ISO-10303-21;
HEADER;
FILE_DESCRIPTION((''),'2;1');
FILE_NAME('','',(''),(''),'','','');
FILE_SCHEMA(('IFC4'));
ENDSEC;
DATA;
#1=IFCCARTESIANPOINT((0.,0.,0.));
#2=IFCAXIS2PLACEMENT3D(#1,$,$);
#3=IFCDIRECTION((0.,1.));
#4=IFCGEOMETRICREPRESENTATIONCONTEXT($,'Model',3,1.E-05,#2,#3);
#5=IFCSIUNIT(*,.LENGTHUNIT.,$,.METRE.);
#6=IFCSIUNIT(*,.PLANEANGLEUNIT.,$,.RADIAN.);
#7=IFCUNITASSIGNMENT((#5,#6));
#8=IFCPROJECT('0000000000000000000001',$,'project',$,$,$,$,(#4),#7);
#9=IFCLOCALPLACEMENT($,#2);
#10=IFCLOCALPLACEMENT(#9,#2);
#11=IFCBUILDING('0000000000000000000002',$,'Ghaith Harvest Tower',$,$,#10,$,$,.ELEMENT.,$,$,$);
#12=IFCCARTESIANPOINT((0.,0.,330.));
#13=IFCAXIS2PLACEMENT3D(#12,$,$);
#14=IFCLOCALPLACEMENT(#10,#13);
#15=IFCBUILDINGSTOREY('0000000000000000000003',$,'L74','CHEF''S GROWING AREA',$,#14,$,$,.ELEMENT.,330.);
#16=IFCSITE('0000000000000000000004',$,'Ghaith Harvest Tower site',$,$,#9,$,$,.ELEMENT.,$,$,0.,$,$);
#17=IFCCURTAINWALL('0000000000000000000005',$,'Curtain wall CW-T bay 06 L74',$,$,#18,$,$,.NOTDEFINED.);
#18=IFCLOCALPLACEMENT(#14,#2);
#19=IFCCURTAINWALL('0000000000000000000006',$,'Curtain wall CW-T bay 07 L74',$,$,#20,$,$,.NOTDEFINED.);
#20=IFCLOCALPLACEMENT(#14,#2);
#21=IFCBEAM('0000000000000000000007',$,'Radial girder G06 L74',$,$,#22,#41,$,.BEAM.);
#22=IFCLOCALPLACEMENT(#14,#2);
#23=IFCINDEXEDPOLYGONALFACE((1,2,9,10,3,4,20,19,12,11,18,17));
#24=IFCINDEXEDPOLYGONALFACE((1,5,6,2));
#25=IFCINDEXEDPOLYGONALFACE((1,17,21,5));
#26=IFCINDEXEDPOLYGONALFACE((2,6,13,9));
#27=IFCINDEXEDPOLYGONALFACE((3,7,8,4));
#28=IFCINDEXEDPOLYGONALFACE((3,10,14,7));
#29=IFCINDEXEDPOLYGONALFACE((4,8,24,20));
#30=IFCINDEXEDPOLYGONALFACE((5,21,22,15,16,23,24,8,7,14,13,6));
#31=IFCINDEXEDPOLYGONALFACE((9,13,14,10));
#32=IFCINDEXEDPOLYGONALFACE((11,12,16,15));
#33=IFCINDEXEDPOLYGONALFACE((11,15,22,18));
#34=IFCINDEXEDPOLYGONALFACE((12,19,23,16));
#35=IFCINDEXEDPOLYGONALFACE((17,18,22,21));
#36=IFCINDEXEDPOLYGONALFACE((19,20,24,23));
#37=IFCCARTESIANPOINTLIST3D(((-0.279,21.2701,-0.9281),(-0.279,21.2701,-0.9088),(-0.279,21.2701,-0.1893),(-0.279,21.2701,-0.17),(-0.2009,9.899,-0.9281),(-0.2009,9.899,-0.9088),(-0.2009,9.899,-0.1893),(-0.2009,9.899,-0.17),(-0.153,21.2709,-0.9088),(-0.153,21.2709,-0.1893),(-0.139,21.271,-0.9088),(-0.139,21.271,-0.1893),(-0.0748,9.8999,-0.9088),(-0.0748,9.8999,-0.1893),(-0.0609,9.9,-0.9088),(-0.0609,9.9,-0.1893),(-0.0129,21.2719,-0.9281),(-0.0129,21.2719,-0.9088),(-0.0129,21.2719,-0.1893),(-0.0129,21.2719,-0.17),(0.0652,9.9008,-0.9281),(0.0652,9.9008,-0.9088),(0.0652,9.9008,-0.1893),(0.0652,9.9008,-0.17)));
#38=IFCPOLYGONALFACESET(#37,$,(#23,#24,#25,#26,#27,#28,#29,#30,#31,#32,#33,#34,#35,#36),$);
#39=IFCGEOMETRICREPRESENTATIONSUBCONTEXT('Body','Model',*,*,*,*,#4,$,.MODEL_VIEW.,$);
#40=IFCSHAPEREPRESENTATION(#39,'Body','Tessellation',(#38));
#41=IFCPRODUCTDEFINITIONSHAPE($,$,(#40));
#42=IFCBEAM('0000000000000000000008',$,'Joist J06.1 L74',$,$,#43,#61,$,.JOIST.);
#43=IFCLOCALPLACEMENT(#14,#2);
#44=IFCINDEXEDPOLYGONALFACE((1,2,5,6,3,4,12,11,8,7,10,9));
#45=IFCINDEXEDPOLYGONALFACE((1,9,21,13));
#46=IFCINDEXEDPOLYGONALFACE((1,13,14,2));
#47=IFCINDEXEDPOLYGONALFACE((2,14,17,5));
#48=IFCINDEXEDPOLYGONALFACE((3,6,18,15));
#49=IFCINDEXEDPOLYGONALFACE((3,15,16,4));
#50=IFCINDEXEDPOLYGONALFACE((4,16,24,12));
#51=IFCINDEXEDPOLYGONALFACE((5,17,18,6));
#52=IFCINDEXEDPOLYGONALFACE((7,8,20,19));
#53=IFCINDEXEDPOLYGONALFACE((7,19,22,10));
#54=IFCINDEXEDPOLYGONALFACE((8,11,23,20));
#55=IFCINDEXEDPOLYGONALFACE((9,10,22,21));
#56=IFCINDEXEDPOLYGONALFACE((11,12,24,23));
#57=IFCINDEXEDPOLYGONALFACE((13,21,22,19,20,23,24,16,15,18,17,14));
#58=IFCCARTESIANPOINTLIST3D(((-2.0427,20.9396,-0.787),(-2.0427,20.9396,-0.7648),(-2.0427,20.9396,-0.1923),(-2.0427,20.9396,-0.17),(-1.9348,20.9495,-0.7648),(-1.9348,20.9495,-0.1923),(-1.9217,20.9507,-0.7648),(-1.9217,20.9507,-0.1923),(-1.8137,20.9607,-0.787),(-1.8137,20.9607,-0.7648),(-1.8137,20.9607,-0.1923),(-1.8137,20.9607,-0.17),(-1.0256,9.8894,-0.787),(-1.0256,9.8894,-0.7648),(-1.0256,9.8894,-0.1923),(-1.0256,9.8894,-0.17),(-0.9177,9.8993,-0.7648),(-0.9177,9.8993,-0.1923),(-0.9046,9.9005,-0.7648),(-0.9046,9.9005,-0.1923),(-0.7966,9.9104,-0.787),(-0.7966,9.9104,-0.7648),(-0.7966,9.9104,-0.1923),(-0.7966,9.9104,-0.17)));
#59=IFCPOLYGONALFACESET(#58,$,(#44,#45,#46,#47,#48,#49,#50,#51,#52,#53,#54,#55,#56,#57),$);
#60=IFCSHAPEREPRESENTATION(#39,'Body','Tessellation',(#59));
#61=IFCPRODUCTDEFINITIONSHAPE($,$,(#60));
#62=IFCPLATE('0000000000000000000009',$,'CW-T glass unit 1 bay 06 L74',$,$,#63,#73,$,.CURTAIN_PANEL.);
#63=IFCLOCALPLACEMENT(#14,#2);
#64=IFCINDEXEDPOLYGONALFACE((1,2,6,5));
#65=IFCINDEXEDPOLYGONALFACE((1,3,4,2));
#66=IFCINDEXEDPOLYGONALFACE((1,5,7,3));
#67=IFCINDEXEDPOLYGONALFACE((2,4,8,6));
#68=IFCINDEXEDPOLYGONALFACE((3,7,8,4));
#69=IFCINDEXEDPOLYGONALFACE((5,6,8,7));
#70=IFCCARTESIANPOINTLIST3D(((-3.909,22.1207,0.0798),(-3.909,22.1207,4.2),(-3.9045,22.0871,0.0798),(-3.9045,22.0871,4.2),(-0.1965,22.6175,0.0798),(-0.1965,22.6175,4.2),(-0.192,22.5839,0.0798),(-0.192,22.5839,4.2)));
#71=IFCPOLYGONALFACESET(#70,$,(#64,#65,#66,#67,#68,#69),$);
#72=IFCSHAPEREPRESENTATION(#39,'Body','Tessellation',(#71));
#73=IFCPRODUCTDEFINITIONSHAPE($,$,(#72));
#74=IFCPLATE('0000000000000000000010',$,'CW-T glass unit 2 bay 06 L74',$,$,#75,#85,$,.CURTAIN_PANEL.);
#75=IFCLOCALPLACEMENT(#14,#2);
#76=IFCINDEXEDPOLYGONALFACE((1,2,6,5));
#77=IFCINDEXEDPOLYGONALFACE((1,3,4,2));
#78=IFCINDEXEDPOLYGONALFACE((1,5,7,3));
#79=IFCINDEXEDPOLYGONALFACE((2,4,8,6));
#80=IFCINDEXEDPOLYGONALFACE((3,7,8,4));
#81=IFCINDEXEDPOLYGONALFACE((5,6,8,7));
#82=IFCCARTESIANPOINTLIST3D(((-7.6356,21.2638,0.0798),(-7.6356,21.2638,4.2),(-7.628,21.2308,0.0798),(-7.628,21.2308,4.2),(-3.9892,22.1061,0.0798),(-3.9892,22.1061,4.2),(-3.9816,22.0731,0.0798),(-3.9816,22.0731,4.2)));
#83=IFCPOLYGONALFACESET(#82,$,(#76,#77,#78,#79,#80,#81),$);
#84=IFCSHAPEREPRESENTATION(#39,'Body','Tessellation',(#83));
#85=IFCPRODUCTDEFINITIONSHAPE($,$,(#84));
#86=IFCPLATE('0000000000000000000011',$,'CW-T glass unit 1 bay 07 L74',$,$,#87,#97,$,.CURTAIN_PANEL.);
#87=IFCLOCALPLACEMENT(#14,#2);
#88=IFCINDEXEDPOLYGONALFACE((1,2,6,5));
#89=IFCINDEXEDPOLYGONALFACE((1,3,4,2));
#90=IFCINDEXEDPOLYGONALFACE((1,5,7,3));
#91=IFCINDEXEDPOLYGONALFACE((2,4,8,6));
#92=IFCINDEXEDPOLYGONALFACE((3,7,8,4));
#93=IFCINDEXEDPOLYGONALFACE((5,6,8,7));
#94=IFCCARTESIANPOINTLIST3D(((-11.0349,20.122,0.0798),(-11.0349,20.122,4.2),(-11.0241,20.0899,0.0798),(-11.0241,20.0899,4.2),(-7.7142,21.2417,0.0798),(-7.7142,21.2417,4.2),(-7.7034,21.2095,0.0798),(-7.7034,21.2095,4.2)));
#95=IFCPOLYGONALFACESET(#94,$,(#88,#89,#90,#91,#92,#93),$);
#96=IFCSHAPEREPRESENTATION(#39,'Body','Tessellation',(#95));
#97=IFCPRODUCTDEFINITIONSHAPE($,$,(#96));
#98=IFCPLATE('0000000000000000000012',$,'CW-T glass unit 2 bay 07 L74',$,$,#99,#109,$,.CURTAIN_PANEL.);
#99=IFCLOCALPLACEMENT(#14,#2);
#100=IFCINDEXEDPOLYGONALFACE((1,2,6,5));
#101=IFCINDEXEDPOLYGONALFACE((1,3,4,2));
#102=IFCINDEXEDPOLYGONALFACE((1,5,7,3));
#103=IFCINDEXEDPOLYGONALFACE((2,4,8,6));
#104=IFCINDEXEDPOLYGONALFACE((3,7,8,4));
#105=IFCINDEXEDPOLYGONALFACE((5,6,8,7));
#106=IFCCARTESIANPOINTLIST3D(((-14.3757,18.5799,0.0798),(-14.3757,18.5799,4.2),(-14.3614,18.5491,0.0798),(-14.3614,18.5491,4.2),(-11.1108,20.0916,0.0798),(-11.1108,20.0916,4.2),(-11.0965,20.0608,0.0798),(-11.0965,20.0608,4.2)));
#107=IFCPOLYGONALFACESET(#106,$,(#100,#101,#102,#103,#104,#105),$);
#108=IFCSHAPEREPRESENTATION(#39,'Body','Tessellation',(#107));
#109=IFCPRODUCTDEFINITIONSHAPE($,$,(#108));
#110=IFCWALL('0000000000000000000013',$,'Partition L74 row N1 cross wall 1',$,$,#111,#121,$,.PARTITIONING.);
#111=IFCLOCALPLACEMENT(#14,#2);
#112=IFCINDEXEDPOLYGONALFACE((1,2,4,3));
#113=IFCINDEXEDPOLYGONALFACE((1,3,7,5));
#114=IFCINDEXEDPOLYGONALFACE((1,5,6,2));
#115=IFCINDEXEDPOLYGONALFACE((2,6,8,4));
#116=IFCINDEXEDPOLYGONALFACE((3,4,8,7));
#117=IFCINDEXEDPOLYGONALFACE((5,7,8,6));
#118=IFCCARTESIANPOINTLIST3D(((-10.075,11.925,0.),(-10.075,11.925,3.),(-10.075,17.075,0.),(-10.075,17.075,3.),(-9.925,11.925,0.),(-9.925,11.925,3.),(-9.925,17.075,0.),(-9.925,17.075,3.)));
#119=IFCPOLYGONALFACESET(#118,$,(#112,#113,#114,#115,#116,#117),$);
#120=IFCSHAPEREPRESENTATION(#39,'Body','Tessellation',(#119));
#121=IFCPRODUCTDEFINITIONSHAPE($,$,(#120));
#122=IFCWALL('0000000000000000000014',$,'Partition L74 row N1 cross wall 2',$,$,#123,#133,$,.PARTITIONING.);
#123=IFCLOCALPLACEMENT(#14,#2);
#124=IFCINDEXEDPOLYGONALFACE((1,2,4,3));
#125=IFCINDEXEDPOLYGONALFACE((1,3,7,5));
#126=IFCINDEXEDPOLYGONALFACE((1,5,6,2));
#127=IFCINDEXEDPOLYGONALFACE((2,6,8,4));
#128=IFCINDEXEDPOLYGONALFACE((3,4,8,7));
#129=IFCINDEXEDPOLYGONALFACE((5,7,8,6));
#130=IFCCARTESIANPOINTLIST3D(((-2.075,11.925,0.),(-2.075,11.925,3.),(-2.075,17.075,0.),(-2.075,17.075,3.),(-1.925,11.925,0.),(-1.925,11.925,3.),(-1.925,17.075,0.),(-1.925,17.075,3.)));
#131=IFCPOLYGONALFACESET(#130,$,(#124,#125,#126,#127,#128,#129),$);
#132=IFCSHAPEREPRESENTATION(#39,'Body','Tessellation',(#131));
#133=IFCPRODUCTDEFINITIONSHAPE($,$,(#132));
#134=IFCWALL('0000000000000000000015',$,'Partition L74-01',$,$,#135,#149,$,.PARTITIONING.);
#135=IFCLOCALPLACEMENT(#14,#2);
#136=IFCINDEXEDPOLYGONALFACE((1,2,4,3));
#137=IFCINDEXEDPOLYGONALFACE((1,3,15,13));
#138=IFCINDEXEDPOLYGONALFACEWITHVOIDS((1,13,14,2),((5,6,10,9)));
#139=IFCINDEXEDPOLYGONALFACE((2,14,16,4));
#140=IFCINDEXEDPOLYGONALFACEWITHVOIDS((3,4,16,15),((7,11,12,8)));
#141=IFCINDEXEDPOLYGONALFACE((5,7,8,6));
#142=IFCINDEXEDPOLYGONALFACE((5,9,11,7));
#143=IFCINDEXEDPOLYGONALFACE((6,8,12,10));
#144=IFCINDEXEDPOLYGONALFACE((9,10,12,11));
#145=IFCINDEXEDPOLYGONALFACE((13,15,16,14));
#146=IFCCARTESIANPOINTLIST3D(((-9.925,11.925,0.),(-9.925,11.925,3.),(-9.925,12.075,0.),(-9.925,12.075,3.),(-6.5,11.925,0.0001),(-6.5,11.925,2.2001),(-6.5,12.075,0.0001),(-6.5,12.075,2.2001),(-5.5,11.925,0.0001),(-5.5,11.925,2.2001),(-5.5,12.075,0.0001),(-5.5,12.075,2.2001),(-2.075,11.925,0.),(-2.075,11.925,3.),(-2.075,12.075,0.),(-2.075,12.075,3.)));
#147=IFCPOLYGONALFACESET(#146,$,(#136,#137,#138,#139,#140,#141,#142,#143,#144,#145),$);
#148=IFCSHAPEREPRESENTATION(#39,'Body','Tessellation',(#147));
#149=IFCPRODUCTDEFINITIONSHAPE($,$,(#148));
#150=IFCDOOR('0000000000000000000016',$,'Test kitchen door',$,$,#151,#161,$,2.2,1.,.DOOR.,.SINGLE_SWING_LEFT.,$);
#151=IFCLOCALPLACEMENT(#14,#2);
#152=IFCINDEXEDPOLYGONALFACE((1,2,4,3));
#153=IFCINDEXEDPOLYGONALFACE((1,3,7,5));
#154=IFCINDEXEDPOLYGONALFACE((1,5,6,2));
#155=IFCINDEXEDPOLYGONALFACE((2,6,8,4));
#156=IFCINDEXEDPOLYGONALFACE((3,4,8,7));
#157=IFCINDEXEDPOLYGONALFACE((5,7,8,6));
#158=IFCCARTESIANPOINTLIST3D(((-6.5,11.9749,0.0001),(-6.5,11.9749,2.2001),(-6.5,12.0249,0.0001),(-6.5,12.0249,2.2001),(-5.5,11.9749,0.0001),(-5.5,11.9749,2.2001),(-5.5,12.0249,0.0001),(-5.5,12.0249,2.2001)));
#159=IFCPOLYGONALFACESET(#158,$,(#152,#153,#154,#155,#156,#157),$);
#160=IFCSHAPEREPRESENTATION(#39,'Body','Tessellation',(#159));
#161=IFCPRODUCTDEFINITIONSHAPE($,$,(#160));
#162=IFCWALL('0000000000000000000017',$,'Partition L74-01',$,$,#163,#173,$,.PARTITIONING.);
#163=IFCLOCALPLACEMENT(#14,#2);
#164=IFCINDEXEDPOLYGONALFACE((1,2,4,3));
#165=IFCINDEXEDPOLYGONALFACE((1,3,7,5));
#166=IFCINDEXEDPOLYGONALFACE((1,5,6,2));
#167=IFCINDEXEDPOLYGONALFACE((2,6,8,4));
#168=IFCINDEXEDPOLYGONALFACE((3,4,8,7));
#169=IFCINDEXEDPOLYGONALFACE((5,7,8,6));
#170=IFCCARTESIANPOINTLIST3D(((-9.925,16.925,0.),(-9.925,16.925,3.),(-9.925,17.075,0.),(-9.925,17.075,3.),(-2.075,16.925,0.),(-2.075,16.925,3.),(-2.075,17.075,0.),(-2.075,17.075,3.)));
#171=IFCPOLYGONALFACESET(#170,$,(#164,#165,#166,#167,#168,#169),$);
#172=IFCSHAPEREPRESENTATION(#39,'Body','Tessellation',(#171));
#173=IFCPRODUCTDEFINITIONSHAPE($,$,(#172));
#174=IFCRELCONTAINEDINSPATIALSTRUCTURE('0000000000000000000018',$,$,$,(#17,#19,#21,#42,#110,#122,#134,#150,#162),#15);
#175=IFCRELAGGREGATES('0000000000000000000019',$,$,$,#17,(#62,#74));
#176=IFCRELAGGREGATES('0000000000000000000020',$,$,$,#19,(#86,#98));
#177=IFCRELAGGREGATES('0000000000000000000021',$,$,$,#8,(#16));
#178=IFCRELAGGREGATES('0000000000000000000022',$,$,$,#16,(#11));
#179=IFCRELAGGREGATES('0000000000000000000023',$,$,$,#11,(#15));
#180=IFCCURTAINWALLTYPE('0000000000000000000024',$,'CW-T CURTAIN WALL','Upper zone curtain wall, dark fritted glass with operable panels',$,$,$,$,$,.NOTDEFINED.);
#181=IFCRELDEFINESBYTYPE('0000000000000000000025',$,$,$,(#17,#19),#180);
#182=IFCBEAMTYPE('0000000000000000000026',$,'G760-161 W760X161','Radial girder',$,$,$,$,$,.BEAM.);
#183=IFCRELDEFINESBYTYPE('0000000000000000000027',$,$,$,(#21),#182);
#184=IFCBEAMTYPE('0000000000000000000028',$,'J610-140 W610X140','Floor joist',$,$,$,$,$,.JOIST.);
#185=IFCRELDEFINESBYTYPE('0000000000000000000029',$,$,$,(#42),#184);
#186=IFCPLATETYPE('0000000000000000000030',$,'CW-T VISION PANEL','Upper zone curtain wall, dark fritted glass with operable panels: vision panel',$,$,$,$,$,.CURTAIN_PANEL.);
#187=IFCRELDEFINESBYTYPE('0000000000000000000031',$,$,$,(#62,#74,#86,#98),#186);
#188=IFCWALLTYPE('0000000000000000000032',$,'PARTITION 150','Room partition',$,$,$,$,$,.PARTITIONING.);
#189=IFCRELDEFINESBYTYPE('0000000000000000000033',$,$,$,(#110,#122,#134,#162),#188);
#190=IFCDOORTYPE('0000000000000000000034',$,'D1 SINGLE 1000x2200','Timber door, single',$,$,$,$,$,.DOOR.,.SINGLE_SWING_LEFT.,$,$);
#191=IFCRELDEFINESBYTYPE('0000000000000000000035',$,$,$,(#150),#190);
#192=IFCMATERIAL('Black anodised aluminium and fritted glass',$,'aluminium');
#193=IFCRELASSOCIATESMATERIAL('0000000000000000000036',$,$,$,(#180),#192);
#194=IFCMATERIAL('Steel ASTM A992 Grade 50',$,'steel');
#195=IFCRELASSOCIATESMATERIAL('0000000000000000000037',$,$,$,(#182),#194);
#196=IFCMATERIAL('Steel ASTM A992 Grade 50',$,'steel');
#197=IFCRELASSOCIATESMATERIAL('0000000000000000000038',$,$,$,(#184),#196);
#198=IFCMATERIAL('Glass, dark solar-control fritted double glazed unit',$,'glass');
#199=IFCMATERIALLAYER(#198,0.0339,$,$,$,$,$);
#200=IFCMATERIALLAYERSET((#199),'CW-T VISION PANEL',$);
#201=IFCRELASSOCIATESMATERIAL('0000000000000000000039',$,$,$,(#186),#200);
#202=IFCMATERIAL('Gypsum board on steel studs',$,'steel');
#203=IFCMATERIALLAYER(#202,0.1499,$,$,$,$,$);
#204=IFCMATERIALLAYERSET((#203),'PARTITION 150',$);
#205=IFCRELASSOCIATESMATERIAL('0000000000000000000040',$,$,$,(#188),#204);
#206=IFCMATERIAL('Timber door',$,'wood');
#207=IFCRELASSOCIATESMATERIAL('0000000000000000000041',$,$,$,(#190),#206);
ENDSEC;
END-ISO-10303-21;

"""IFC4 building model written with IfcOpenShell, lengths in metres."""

from ifc_helpers import new_model, si_unit, direction, frame, frame_2d, origin, origin_2d, place, context, subcontext, project, spatial, rectangle, i_section, extrude, material, layer, layer_set, material_profile, profile_set, type_object, element, fill, aggregate, save


model = new_model("IFC4")

# Units and contexts
model_context = context("Model", 3, precision=1e-05, world=origin(), true_north=direction((0.0, 1.0)))
body_context = subcontext(model_context, "Body", "Model", "MODEL_VIEW")
ifc_project = project(units=[si_unit("LENGTHUNIT", "METRE"), si_unit("PLANEANGLEUNIT", "RADIAN")], contexts=[model_context])

# Site, building, storey
site_placement = place(None, origin())
site = spatial("IfcSite", under=ifc_project, at=site_placement, Name="Ghaith Harvest Tower site", CompositionType="ELEMENT", RefElevation=0.0)
building_placement = place(site_placement, origin())
building = spatial("IfcBuilding", under=site, at=building_placement, Name="Ghaith Harvest Tower", CompositionType="ELEMENT")
storey_placement = place(building_placement, frame((0.0, 0.0, 330.0)))
storey = spatial("IfcBuildingStorey", under=building, at=storey_placement, Name="L74", Description="CHEF'S GROWING AREA", CompositionType="ELEMENT", Elevation=330.0)

# Curtain walls
ifc_material_1 = material(Name="Black anodised aluminium and fritted glass", Category="aluminium")
curtain_wall_type = type_object("IfcCurtainWallType", Name="CW-T CURTAIN WALL", Description="Upper zone curtain wall, dark fritted glass with operable panels", PredefinedType="NOTDEFINED", material=ifc_material_1)
curtain_wall_1_placement = place(storey_placement, origin())
curtain_wall_1 = element("IfcCurtainWall", 1, at=curtain_wall_1_placement, inside=storey, type_object=curtain_wall_type, Name="Curtain wall CW-T bay 06 L74", PredefinedType="NOTDEFINED")
curtain_wall_2_placement = place(storey_placement, origin())
curtain_wall_2 = element("IfcCurtainWall", 2, at=curtain_wall_2_placement, inside=storey, type_object=curtain_wall_type, Name="Curtain wall CW-T bay 07 L74", PredefinedType="NOTDEFINED")

# Beams
ifc_material_2 = material(Name="Steel ASTM A992 Grade 50", Category="steel")
ifc_material_profile_1 = material_profile(ifc_material_2, i_section(OverallWidth=0.2661, OverallDepth=0.7581, WebThickness=0.0139, FlangeThickness=0.0193, at=origin_2d()), Name="W760X161")
ifc_profile_set_1 = profile_set([ifc_material_profile_1], Name="Steel ASTM A992 Grade 50")
beam_type_1 = type_object("IfcBeamType", Name="G760-161 W760X161", Description="Radial girder", PredefinedType="BEAM", material=ifc_profile_set_1)
beam_1_placement = place(storey_placement, frame((-0.0679, 9.8999, -0.5491), z_axis=(-0.00687, 0.999976, 0.0), x_axis=(-0.999976, -0.00687, 0.0)))
element("IfcBeam", 3, at=beam_1_placement, inside=storey, type_object=beam_type_1, Name="Radial girder G06 L74", PredefinedType="BEAM", context=body_context, shape_type="SweptSolid", body=[
    extrude(i_section(OverallWidth=0.2661, OverallDepth=0.7581, WebThickness=0.0139, FlangeThickness=0.0193, at=origin_2d()), origin(), (0.0, 0.0, 1.0), 11.3713),
])
ifc_material_3 = material(Name="Steel ASTM A992 Grade 50", Category="steel")
ifc_material_profile_2 = material_profile(ifc_material_3, i_section(OverallWidth=0.23, OverallDepth=0.6169, WebThickness=0.0132, FlangeThickness=0.0222, at=origin_2d()), Name="W610X140")
ifc_profile_set_2 = profile_set([ifc_material_profile_2], Name="Steel ASTM A992 Grade 50")
beam_type_2 = type_object("IfcBeamType", Name="J610-140 W610X140", Description="Floor joist", PredefinedType="JOIST", material=ifc_profile_set_2)
beam_2_placement = place(storey_placement, frame((-0.9111, 9.8999, -0.4785), z_axis=(-0.091654, 0.995791, 0.0), x_axis=(-0.995791, -0.091654, 0.0)))
element("IfcBeam", 4, at=beam_2_placement, inside=storey, type_object=beam_type_2, Name="Joist J06.1 L74", PredefinedType="JOIST", context=body_context, shape_type="SweptSolid", body=[
    extrude(i_section(OverallWidth=0.23, OverallDepth=0.6169, WebThickness=0.0132, FlangeThickness=0.0222, at=origin_2d()), origin(), (0.0, 0.0, 1.0), 11.0969),
])

# Plates
ifc_material_4 = material(Name="Glass, dark solar-control fritted double glazed unit", Category="glass")
ifc_layer_1 = layer(ifc_material_4, 0.0339)
ifc_layer_set_1 = layer_set([ifc_layer_1], Name="CW-T VISION PANEL")
plate_type = type_object("IfcPlateType", Name="CW-T VISION PANEL", Description="Upper zone curtain wall, dark fritted glass with operable panels: vision panel", PredefinedType="CURTAIN_PANEL", material=ifc_layer_set_1)
plate_1_placement = place(storey_placement, frame((-2.0505, 22.3523, 0.0798), z_axis=(0.0, 0.0, 1.0), x_axis=(-0.991165, -0.132633, 0.0)))
plate_1 = element("IfcPlate", 5, at=plate_1_placement, type_object=plate_type, Name="CW-T glass unit 1 bay 06 L74", PredefinedType="CURTAIN_PANEL", context=body_context, shape_type="SweptSolid", body=[
    extrude(rectangle(XDim=3.7456, YDim=0.0339, at=origin_2d()), origin(), (0.0, 0.0, 1.0), 4.1201),
])
plate_2_placement = place(storey_placement, frame((-5.8086, 21.6685, 0.0798), z_axis=(0.0, 0.0, 1.0), x_axis=(-0.974342, -0.225072, 0.0)))
plate_2 = element("IfcPlate", 6, at=plate_2_placement, type_object=plate_type, Name="CW-T glass unit 2 bay 06 L74", PredefinedType="CURTAIN_PANEL", context=body_context, shape_type="SweptSolid", body=[
    extrude(rectangle(XDim=3.7424, YDim=0.0339, at=origin_2d()), origin(), (0.0, 0.0, 1.0), 4.1201),
])
aggregate(curtain_wall_1, [plate_1, plate_2])
plate_3_placement = place(storey_placement, frame((-9.3691, 20.6658, 0.0798), z_axis=(0.0, 0.0, 1.0), x_axis=(-0.947586, -0.3195, 0.0)))
plate_3 = element("IfcPlate", 7, at=plate_3_placement, type_object=plate_type, Name="CW-T glass unit 1 bay 07 L74", PredefinedType="CURTAIN_PANEL", context=body_context, shape_type="SweptSolid", body=[
    extrude(rectangle(XDim=3.5044, YDim=0.0339, at=origin_2d()), origin(), (0.0, 0.0, 1.0), 4.1201),
])
plate_4_placement = place(storey_placement, frame((-12.7361, 19.3203, 0.0798), z_axis=(0.0, 0.0, 1.0), x_axis=(-0.90745, -0.42016, 0.0)))
plate_4 = element("IfcPlate", 8, at=plate_4_placement, type_object=plate_type, Name="CW-T glass unit 2 bay 07 L74", PredefinedType="CURTAIN_PANEL", context=body_context, shape_type="SweptSolid", body=[
    extrude(rectangle(XDim=3.5979, YDim=0.0339, at=origin_2d()), origin(), (0.0, 0.0, 1.0), 4.1201),
])
aggregate(curtain_wall_2, [plate_3, plate_4])

# Walls
ifc_material_5 = material(Name="Gypsum board on steel studs", Category="steel")
ifc_layer_2 = layer(ifc_material_5, 0.1499)
ifc_layer_set_2 = layer_set([ifc_layer_2], Name="PARTITION 150")
wall_type = type_object("IfcWallType", Name="PARTITION 150", Description="Room partition", PredefinedType="PARTITIONING", material=ifc_layer_set_2)
for number, where, z_axis, x_axis, name in (
    (9, (-10.0, 11.925, 0.0), (0.0, 0.0, 1.0), (0.0, 1.0, 0.0), "Partition L74 row N1 cross wall 1"),
    (10, (-2.0, 11.925, 0.0), (0.0, 0.0, 1.0), (0.0, 1.0, 0.0), "Partition L74 row N1 cross wall 2"),
):
    element("IfcWall", number, at=place(storey_placement, frame(where, z_axis=z_axis, x_axis=x_axis)), inside=storey, type_object=wall_type, Name=name, PredefinedType="PARTITIONING", context=body_context, shape_type="SweptSolid", body=[
        extrude(rectangle(XDim=5.1499, YDim=0.1499, at=frame_2d((2.575, 0.0))), origin(), (0.0, 0.0, 1.0), 3.0),
    ])

# Wall, opening, door
wall_1_placement = place(storey_placement, frame((-9.925, 12.0, 0.0), z_axis=(0.0, 0.0, 1.0), x_axis=(1.0, 0.0, 0.0)))
wall_1 = element("IfcWall", 11, at=wall_1_placement, inside=storey, type_object=wall_type, Name="Partition L74-01", PredefinedType="PARTITIONING", context=body_context, shape_type="SweptSolid", body=[
    extrude(rectangle(XDim=7.8501, YDim=0.1499, at=frame_2d((3.925, 0.0))), origin(), (0.0, 0.0, 1.0), 3.0),
])
opening_1_placement = place(wall_1_placement, frame((3.425, 0.0, 0.0)))
opening_1 = element("IfcOpeningElement", 12, at=opening_1_placement, cuts=wall_1, PredefinedType="OPENING", context=body_context, shape_type="SweptSolid", body=[
    extrude(rectangle(XDim=1.0, YDim=2.2, at=frame_2d((0.5, 1.1001))), frame((0.0, 0.085, 0.0), z_axis=(0.0, -1.0, 0.0), x_axis=(1.0, 0.0, 0.0)), (0.0, 0.0, 1.0), 0.1699),
])
ifc_material_6 = material(Name="Timber door", Category="wood")
door_type_1 = type_object("IfcDoorType", Name="D1 SINGLE 1000x2200", Description="Timber door, single", OperationType="SINGLE_SWING_LEFT", PredefinedType="DOOR", material=ifc_material_6)
door_1_placement = place(opening_1_placement, origin())
door_1 = element("IfcDoor", 13, at=door_1_placement, inside=storey, type_object=door_type_1, Name="Test kitchen door", OperationType="SINGLE_SWING_LEFT", OverallHeight=2.2, OverallWidth=1.0, PredefinedType="DOOR", context=body_context, shape_type="SweptSolid", body=[
    extrude(rectangle(XDim=1.0, YDim=2.2, at=frame_2d((0.5, 1.1001))), frame((0.0, 0.0249, 0.0), z_axis=(0.0, -1.0, 0.0), x_axis=(1.0, 0.0, 0.0)), (0.0, 0.0, 1.0), 0.05),
])
fill(opening_1, door_1)

# Wall
wall_2_placement = place(storey_placement, frame((-9.925, 17.0, 0.0), z_axis=(0.0, 0.0, 1.0), x_axis=(1.0, 0.0, 0.0)))
element("IfcWall", 14, at=wall_2_placement, inside=storey, type_object=wall_type, Name="Partition L74-01", PredefinedType="PARTITIONING", context=body_context, shape_type="SweptSolid", body=[
    extrude(rectangle(XDim=7.8501, YDim=0.1499, at=frame_2d((3.925, 0.0))), origin(), (0.0, 0.0, 1.0), 3.0),
])

save(model, "model.ifc")
